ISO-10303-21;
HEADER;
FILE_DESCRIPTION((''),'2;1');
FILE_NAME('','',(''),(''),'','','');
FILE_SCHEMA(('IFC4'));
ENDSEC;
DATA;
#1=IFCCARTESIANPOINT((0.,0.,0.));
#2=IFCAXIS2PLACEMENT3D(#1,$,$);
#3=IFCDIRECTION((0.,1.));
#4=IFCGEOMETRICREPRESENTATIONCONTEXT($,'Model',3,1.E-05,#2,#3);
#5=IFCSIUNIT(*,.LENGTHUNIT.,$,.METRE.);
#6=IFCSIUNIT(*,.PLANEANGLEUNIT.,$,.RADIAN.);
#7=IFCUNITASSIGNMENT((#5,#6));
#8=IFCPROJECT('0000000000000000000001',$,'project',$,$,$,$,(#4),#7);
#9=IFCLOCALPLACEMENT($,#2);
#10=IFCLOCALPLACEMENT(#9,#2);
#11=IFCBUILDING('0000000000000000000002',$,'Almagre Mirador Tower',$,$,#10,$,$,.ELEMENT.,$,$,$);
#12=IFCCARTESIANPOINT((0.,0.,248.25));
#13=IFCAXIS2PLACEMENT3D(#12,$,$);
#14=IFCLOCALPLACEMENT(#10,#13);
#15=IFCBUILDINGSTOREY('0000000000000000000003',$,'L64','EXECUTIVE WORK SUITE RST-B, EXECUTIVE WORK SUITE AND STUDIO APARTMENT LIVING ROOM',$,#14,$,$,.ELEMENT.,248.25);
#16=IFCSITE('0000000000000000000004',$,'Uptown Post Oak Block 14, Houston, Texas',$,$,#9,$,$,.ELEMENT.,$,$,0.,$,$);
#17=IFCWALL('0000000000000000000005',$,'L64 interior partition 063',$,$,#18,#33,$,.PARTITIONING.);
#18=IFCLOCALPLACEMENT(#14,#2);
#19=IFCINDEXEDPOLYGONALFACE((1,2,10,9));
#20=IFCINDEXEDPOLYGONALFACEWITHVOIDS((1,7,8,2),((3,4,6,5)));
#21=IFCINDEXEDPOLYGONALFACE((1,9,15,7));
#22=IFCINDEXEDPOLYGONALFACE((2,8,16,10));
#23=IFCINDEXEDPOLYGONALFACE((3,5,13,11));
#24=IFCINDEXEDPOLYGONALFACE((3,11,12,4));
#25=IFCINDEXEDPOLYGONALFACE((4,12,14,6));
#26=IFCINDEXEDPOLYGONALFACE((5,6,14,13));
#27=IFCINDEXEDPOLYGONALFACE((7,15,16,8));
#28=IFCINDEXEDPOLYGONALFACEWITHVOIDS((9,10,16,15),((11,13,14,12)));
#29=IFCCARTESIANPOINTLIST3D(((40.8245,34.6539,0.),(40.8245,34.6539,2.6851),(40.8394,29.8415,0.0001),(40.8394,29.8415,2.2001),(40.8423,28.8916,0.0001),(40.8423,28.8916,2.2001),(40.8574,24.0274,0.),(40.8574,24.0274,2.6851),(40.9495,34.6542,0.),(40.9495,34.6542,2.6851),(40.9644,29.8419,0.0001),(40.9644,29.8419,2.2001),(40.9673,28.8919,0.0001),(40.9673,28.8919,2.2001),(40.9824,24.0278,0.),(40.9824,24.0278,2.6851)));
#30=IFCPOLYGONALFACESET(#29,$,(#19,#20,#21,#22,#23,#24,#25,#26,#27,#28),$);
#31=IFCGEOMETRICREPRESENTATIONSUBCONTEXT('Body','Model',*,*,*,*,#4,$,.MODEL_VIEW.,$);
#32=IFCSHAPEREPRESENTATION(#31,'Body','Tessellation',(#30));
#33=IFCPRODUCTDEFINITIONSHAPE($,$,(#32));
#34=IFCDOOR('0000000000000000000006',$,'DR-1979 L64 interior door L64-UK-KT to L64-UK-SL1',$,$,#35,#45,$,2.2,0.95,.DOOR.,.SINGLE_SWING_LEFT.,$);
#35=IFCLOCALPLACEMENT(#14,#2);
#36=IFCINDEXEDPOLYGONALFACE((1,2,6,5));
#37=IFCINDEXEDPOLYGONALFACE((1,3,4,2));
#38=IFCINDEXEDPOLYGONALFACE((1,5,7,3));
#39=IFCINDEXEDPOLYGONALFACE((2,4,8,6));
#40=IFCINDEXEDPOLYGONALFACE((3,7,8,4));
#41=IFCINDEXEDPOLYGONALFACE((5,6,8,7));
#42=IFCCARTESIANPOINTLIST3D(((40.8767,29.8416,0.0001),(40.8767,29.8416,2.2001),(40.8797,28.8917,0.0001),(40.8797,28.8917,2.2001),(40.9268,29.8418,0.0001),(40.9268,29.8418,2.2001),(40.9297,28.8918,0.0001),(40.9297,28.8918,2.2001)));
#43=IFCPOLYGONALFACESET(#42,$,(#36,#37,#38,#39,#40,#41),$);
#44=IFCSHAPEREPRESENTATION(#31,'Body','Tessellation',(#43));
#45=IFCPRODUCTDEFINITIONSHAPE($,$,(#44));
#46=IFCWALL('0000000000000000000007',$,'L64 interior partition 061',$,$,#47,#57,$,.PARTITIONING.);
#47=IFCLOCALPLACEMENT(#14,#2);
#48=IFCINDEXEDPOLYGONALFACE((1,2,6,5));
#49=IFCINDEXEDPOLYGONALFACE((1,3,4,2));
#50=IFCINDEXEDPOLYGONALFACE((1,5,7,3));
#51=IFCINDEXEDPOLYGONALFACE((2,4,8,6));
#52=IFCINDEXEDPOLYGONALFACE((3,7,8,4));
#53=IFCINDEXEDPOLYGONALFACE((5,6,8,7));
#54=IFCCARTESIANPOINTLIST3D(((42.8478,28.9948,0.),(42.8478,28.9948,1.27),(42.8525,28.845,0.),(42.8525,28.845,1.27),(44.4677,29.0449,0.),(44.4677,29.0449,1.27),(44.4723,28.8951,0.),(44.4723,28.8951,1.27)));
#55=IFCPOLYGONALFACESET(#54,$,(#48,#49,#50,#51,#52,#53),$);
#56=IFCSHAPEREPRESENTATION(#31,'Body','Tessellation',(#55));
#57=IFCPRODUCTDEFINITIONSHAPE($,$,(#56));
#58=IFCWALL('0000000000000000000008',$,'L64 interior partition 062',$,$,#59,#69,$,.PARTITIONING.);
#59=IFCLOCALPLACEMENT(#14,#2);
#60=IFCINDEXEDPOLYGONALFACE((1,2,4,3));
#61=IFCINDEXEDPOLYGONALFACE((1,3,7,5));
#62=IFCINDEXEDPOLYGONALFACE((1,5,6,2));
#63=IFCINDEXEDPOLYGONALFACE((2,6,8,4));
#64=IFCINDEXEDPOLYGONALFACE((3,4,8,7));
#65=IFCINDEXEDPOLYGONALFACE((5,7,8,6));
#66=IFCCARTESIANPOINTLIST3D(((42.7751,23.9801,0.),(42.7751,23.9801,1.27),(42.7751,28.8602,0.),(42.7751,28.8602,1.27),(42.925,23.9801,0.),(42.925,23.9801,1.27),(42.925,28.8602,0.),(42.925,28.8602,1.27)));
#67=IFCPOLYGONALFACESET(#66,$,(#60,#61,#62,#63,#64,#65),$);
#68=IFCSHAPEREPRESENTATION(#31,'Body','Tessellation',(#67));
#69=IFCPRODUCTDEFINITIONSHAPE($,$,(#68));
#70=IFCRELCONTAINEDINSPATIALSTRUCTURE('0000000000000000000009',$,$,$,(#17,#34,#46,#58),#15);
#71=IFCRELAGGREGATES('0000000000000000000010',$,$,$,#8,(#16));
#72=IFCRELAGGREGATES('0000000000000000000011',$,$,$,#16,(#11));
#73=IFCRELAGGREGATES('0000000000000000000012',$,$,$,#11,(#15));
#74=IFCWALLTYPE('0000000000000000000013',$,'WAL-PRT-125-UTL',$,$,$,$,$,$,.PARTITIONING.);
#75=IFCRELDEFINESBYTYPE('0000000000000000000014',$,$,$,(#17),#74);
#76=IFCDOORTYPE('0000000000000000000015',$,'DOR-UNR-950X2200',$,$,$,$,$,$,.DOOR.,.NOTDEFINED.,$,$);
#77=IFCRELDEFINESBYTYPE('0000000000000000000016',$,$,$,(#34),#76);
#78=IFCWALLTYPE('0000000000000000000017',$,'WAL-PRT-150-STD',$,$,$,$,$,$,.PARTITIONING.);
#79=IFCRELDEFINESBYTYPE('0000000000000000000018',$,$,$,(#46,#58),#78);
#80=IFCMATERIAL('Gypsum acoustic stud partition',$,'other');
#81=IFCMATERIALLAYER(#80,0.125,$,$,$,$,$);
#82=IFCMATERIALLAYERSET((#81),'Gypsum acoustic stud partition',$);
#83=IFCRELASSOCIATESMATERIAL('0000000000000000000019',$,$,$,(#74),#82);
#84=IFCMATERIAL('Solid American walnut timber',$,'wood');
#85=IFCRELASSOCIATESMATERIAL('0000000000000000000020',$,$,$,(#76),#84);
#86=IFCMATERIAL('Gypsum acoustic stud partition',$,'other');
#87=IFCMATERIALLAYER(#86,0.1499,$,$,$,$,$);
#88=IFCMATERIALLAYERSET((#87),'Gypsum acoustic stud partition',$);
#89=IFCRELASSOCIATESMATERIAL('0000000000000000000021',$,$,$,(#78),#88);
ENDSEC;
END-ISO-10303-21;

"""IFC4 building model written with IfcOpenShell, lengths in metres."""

from ifc_helpers import new_model, si_unit, direction, frame, frame_2d, origin, place, context, subcontext, project, spatial, rectangle, extrude, material, layer, layer_set, type_object, element, fill, save


model = new_model("IFC4")

# Units and contexts
model_context = context("Model", 3, precision=1e-05, world=origin(), true_north=direction((0.0, 1.0)))
body_context = subcontext(model_context, "Body", "Model", "MODEL_VIEW")
ifc_project = project(units=[si_unit("LENGTHUNIT", "METRE"), si_unit("PLANEANGLEUNIT", "RADIAN")], contexts=[model_context])

# Site, building, storey
site_placement = place(None, origin())
site = spatial("IfcSite", under=ifc_project, at=site_placement, Name="Uptown Post Oak Block 14, Houston, Texas", CompositionType="ELEMENT", RefElevation=0.0)
building_placement = place(site_placement, origin())
building = spatial("IfcBuilding", under=site, at=building_placement, Name="Almagre Mirador Tower", CompositionType="ELEMENT")
storey_placement = place(building_placement, frame((0.0, 0.0, 248.25)))
storey = spatial("IfcBuildingStorey", under=building, at=storey_placement, Name="L64", Description="EXECUTIVE WORK SUITE RST-B, EXECUTIVE WORK SUITE AND STUDIO APARTMENT LIVING ROOM", CompositionType="ELEMENT", Elevation=248.25)

# Wall, opening, door
ifc_material_1 = material(Name="Gypsum acoustic stud partition", Category="other")
ifc_layer_1 = layer(ifc_material_1, 0.125)
ifc_layer_set_1 = layer_set([ifc_layer_1], Name="Gypsum acoustic stud partition")
wall_type_1 = type_object("IfcWallType", Name="WAL-PRT-125-UTL", PredefinedType="PARTITIONING", material=ifc_layer_set_1)
wall_1_placement = place(storey_placement, frame((40.887, 34.6541, 0.0), z_axis=(0.0, 0.0, 1.0), x_axis=(0.003102, -0.999995, 0.0)))
wall_1 = element("IfcWall", 1, at=wall_1_placement, inside=storey, type_object=wall_type_1, Name="L64 interior partition 063", PredefinedType="PARTITIONING", context=body_context, shape_type="SweptSolid", body=[
    extrude(rectangle(XDim=10.6265, YDim=0.125, at=frame_2d((5.3132, 0.0))), origin(), (0.0, 0.0, 1.0), 2.6851),
])
opening_1_placement = place(wall_1_placement, frame((4.8123, 0.0, 0.0)))
opening_1 = element("IfcOpeningElement", 2, at=opening_1_placement, cuts=wall_1, PredefinedType="OPENING", context=body_context, shape_type="SweptSolid", body=[
    extrude(rectangle(XDim=0.95, YDim=2.2, at=frame_2d((0.4751, 1.1001))), frame((0.0, 0.0725, 0.0), z_axis=(0.0, -1.0, 0.0), x_axis=(1.0, 0.0, 0.0)), (0.0, 0.0, 1.0), 0.145),
])
ifc_material_2 = material(Name="Solid American walnut timber", Category="wood")
door_type = type_object("IfcDoorType", Name="DOR-UNR-950X2200", OperationType="NOTDEFINED", PredefinedType="DOOR", material=ifc_material_2)
door_placement = place(opening_1_placement, origin())
door = element("IfcDoor", 3, at=door_placement, inside=storey, type_object=door_type, Name="DR-1979 L64 interior door L64-UK-KT to L64-UK-SL1", OperationType="SINGLE_SWING_LEFT", OverallHeight=2.2, OverallWidth=0.95, PredefinedType="DOOR", context=body_context, shape_type="SweptSolid", body=[
    extrude(rectangle(XDim=0.95, YDim=2.2, at=frame_2d((0.4751, 1.1001))), frame((0.0, 0.0249, 0.0), z_axis=(0.0, -1.0, 0.0), x_axis=(1.0, 0.0, 0.0)), (0.0, 0.0, 1.0), 0.05),
])
fill(opening_1, door)

# Walls
ifc_material_3 = material(Name="Gypsum acoustic stud partition", Category="other")
ifc_layer_2 = layer(ifc_material_3, 0.1499)
ifc_layer_set_2 = layer_set([ifc_layer_2], Name="Gypsum acoustic stud partition")
wall_type_2 = type_object("IfcWallType", Name="WAL-PRT-150-STD", PredefinedType="PARTITIONING", material=ifc_layer_set_2)
wall_2_placement = place(storey_placement, frame((44.47, 28.97, 0.0), z_axis=(0.0, 0.0, 1.0), x_axis=(-0.999523, -0.030882, 0.0)))
element("IfcWall", 4, at=wall_2_placement, inside=storey, type_object=wall_type_2, Name="L64 interior partition 061", PredefinedType="PARTITIONING", context=body_context, shape_type="SweptSolid", body=[
    extrude(rectangle(XDim=1.6206, YDim=0.1499, at=frame_2d((0.8103, 0.0))), origin(), (0.0, 0.0, 1.0), 1.27),
])
wall_3_placement = place(storey_placement, frame((42.8501, 28.8601, 0.0), z_axis=(0.0, 0.0, 1.0), x_axis=(0.0, -1.0, 0.0)))
element("IfcWall", 5, at=wall_3_placement, inside=storey, type_object=wall_type_2, Name="L64 interior partition 062", PredefinedType="PARTITIONING", context=body_context, shape_type="SweptSolid", body=[
    extrude(rectangle(XDim=4.8801, YDim=0.1499, at=frame_2d((2.4399, 0.0))), origin(), (0.0, 0.0, 1.0), 1.27),
])

save(model, "model.ifc")
